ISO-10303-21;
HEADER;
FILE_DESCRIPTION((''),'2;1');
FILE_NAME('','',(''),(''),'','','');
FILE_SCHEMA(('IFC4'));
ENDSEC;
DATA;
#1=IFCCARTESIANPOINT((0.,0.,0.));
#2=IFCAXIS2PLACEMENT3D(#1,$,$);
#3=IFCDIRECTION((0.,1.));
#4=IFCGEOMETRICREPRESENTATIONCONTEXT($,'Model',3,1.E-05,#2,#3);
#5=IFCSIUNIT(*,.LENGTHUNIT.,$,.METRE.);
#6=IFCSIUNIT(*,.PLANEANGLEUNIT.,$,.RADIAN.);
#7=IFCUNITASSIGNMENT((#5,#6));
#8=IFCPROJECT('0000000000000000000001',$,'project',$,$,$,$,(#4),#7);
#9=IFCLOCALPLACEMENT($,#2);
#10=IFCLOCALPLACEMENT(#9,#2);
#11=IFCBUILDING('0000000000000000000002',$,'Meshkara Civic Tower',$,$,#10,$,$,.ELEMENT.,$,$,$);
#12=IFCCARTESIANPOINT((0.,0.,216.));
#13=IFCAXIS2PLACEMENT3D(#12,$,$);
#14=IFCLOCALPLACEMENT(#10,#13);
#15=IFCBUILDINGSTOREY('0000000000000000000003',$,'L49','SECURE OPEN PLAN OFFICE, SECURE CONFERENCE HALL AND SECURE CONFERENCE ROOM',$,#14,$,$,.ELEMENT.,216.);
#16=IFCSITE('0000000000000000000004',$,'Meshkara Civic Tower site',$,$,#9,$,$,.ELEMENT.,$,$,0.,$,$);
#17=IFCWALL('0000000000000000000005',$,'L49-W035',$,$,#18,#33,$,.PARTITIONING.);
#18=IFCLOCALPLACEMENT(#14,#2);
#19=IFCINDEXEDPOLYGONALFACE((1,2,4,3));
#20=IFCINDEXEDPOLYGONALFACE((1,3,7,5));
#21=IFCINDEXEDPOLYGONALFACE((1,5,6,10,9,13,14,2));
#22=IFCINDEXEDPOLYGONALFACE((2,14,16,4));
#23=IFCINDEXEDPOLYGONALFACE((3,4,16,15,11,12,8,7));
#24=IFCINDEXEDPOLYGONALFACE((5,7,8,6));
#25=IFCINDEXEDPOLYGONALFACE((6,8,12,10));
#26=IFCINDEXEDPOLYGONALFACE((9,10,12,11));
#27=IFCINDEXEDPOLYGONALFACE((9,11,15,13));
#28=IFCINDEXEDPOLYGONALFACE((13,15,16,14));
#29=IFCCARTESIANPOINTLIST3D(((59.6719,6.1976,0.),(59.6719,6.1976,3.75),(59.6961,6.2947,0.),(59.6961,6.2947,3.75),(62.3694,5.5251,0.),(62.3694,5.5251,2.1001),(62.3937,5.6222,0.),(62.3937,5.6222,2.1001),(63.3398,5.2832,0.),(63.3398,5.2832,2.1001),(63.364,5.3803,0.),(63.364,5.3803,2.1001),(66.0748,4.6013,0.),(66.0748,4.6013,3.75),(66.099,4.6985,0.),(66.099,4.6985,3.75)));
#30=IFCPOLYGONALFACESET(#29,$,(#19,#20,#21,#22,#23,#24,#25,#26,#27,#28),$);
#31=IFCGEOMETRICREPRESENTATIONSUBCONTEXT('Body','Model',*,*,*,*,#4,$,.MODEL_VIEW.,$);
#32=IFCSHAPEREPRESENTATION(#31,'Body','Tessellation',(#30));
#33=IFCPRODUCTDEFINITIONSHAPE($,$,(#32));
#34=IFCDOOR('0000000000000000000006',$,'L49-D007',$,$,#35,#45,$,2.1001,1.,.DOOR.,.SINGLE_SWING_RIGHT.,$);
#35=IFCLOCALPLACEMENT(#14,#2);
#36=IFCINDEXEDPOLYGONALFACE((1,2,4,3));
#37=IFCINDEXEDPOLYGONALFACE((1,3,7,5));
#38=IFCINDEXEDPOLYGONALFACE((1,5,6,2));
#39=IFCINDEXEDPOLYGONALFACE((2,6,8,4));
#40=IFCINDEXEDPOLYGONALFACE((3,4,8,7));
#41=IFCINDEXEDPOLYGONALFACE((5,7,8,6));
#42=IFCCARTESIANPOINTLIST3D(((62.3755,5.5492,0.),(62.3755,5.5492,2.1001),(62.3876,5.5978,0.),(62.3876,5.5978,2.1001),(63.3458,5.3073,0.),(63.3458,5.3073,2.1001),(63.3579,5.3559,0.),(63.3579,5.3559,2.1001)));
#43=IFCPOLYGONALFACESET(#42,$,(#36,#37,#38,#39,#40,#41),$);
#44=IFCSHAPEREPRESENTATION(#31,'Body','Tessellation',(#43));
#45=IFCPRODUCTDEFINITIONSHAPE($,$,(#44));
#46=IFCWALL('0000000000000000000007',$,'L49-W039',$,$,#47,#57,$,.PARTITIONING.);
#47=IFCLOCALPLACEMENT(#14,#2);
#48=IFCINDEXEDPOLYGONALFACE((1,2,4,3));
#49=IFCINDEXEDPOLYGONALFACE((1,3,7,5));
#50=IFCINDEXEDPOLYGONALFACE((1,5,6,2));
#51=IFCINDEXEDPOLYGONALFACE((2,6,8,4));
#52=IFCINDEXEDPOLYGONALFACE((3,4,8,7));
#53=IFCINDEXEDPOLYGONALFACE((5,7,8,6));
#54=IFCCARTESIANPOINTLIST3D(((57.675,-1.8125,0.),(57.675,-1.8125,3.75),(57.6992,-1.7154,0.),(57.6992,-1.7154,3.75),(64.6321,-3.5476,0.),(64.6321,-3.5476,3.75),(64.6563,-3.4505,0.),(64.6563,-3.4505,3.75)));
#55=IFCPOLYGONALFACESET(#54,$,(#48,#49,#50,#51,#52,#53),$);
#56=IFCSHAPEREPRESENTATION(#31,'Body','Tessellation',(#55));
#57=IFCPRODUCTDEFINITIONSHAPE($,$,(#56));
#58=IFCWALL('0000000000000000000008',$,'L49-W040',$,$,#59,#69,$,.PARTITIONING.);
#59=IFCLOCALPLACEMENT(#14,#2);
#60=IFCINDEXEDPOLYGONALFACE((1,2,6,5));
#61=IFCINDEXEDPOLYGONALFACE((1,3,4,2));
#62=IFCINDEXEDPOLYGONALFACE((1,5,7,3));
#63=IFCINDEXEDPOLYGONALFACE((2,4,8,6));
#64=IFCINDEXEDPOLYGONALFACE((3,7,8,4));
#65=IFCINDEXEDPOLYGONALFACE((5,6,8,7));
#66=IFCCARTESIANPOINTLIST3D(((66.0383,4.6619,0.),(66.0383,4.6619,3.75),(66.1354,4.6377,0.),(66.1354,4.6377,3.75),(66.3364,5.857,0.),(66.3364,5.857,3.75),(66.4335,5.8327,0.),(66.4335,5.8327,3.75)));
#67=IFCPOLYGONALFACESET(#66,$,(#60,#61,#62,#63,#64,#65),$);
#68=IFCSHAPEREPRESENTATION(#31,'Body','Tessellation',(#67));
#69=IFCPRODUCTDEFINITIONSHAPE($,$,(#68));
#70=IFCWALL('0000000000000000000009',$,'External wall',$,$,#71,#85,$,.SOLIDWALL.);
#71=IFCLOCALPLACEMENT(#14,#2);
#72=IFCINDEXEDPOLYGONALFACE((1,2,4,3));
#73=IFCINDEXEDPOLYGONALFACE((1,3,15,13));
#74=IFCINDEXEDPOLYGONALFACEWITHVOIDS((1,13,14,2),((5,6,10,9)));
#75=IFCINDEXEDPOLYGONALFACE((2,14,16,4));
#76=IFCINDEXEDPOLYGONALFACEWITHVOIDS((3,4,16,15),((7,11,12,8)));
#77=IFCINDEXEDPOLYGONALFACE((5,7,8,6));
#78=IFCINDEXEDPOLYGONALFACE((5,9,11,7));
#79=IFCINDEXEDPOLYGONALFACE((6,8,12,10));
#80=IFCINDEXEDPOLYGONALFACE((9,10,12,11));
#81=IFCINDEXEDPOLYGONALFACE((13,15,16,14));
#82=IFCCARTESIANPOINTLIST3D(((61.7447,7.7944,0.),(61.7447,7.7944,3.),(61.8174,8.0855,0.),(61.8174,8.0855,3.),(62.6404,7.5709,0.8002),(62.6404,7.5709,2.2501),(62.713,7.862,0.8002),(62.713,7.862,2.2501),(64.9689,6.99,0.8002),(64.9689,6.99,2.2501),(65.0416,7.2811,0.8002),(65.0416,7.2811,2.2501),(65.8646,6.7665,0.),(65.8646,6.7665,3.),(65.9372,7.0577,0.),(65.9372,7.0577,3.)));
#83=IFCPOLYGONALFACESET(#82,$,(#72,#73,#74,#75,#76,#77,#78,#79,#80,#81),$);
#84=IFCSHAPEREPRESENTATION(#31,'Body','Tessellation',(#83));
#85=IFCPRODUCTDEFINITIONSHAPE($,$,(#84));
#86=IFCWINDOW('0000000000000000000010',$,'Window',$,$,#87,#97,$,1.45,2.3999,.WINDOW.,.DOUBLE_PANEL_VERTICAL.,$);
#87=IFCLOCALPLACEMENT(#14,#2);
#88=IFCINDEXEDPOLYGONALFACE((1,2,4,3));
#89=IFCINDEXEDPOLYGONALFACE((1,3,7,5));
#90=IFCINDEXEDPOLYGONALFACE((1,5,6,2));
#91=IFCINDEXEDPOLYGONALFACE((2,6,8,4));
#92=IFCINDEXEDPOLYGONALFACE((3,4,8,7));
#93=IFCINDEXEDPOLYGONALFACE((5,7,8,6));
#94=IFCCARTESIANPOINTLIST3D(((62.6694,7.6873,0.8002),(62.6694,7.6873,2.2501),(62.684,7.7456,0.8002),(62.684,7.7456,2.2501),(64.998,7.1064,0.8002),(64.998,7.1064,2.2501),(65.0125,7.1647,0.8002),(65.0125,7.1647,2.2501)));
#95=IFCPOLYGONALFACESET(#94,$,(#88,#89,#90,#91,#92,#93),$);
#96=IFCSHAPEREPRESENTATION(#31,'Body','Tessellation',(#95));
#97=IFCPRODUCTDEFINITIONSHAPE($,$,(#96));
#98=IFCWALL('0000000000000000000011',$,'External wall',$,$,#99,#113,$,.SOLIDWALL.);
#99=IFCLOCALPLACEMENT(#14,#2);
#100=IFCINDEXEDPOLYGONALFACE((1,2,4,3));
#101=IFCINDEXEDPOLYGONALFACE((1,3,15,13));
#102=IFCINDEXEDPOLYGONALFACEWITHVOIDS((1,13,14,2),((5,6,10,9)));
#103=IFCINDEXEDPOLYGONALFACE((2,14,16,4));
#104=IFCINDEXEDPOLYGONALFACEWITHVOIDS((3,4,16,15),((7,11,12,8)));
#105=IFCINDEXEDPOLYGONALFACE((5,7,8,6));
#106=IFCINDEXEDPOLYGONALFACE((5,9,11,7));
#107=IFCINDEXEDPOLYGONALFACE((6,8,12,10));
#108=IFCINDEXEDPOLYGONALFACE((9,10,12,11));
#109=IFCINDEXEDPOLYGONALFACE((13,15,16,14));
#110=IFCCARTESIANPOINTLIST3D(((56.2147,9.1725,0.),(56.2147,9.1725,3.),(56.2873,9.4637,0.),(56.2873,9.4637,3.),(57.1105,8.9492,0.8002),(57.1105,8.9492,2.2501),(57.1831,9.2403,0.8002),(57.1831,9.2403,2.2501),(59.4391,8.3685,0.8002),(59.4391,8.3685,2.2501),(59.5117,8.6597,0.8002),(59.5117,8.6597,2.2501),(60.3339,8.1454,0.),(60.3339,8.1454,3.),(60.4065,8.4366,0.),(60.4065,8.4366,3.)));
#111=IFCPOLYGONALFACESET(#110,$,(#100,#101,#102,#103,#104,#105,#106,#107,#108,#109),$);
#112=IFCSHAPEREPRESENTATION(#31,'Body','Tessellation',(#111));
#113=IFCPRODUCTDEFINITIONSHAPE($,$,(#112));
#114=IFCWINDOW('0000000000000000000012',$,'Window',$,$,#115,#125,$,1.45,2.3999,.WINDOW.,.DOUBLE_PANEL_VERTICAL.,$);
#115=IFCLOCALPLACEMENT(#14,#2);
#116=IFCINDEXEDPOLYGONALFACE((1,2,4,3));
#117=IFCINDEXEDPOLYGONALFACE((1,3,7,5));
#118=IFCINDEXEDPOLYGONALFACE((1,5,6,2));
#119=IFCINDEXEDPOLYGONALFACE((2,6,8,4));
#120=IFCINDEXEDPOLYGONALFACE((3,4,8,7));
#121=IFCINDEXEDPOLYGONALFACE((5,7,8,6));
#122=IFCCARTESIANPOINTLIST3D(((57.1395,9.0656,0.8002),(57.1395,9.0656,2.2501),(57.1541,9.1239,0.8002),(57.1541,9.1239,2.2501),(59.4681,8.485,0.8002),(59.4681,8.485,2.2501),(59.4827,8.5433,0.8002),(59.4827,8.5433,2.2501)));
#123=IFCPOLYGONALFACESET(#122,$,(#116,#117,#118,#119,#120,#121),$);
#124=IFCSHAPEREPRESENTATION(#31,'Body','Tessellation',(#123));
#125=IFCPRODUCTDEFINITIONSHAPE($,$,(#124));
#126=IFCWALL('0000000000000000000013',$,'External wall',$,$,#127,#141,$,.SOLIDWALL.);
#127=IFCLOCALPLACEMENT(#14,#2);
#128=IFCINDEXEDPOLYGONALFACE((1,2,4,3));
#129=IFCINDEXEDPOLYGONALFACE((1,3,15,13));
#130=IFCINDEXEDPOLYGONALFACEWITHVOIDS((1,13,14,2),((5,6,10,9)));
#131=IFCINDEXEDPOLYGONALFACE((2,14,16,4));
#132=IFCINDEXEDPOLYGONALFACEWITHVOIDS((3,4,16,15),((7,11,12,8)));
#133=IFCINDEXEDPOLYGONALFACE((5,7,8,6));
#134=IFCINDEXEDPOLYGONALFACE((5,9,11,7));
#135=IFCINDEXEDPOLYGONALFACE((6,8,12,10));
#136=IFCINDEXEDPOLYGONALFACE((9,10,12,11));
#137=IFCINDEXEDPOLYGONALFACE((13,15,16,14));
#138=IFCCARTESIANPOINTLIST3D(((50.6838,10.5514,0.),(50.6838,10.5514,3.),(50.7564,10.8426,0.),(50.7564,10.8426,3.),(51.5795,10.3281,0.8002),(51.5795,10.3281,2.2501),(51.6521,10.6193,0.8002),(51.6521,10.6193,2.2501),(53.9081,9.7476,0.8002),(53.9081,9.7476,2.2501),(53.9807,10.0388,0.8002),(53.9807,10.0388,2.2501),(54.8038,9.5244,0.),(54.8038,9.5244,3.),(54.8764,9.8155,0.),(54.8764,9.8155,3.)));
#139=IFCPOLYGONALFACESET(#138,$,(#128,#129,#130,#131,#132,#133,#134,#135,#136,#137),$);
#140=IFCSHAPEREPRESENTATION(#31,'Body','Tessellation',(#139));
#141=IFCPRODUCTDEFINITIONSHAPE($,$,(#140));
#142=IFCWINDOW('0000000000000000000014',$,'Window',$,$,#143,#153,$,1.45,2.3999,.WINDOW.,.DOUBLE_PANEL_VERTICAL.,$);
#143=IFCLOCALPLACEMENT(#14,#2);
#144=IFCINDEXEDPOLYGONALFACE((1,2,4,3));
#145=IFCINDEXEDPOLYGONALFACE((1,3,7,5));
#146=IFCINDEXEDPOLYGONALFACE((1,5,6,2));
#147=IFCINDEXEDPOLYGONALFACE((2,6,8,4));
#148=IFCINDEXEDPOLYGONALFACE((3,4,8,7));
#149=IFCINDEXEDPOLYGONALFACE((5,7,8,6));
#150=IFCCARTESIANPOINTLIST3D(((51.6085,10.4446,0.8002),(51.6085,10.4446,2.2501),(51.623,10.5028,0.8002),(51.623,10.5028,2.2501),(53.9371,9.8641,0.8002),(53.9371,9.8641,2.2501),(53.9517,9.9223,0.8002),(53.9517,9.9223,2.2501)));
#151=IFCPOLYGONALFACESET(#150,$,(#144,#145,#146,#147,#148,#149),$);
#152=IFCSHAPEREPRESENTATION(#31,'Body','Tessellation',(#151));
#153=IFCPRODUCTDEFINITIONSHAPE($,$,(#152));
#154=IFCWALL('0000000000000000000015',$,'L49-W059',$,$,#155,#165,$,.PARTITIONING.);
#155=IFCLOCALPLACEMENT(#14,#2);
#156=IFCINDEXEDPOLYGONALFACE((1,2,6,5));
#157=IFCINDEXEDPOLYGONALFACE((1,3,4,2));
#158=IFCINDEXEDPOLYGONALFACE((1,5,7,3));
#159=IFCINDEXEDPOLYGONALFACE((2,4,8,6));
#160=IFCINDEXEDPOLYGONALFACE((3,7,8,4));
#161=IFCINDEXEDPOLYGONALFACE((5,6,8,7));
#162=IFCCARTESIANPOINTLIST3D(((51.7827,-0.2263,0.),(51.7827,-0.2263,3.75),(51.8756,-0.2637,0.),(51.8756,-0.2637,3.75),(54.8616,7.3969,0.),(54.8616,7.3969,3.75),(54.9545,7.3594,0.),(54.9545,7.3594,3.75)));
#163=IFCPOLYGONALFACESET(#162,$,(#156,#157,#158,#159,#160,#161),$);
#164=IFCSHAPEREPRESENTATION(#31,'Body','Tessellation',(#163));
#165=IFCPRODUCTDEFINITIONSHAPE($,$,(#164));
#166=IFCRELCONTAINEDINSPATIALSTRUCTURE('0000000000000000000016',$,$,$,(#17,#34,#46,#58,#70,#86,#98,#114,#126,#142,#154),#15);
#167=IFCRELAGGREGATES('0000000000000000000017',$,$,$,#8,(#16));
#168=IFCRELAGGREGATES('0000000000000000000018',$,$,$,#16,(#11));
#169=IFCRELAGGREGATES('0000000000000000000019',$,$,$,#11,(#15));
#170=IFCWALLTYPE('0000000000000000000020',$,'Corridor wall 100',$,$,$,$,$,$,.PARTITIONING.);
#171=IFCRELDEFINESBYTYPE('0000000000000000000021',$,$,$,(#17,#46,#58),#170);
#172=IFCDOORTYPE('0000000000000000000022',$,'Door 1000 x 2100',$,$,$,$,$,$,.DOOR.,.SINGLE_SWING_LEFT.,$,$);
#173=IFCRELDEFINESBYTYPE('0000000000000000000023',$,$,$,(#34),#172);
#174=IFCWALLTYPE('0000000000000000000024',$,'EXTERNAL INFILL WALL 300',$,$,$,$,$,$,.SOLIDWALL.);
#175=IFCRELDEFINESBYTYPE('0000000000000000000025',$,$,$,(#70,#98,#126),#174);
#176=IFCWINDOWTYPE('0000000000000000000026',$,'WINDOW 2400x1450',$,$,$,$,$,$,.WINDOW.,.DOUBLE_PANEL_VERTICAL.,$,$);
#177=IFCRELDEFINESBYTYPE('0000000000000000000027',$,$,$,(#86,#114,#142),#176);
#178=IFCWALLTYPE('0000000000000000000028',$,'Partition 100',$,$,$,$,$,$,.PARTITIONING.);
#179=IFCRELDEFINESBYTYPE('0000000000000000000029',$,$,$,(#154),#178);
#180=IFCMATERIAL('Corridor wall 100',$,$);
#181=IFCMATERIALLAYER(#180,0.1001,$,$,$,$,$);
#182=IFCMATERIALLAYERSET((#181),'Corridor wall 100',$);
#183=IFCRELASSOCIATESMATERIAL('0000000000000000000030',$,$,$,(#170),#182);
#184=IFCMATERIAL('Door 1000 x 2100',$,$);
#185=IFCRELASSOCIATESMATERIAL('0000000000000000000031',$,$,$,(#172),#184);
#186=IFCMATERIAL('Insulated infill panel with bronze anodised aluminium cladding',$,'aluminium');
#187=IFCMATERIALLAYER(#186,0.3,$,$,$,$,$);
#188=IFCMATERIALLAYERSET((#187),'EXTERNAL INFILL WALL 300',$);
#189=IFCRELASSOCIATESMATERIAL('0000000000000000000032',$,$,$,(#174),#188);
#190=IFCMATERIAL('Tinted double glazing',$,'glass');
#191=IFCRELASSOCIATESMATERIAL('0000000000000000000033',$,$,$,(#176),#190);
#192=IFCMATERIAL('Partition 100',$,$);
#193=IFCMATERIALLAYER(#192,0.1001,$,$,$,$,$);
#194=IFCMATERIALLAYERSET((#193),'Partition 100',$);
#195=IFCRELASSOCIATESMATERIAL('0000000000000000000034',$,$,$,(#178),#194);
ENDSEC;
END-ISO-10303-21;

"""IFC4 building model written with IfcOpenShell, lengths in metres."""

from ifc_helpers import new_model, si_unit, direction, frame, frame_2d, origin, place, context, subcontext, project, spatial, rectangle, extrude, material, layer, layer_set, type_object, element, fill, save


model = new_model("IFC4")

# Units and contexts
model_context = context("Model", 3, precision=1e-05, world=origin(), true_north=direction((0.0, 1.0)))
body_context = subcontext(model_context, "Body", "Model", "MODEL_VIEW")
ifc_project = project(units=[si_unit("LENGTHUNIT", "METRE"), si_unit("PLANEANGLEUNIT", "RADIAN")], contexts=[model_context])

# Site, building, storey
site_placement = place(None, origin())
site = spatial("IfcSite", under=ifc_project, at=site_placement, Name="Meshkara Civic Tower site", CompositionType="ELEMENT", RefElevation=0.0)
building_placement = place(site_placement, origin())
building = spatial("IfcBuilding", under=site, at=building_placement, Name="Meshkara Civic Tower", CompositionType="ELEMENT")
storey_placement = place(building_placement, frame((0.0, 0.0, 216.0)))
storey = spatial("IfcBuildingStorey", under=building, at=storey_placement, Name="L49", Description="SECURE OPEN PLAN OFFICE, SECURE CONFERENCE HALL AND SECURE CONFERENCE ROOM", CompositionType="ELEMENT", Elevation=216.0)

# Shared definitions
ifc_material_1 = material(Name="Corridor wall 100")
ifc_layer_1 = layer(ifc_material_1, 0.1001)
ifc_layer_set_1 = layer_set([ifc_layer_1], Name="Corridor wall 100")
wall_type_1 = type_object("IfcWallType", Name="Corridor wall 100", PredefinedType="PARTITIONING", material=ifc_layer_set_1)

# Wall, opening, door
wall_1_placement = place(storey_placement, frame((59.6841, 6.2461, 0.0), z_axis=(0.0, 0.0, 1.0), x_axis=(0.970303, -0.241891, 0.0)))
wall_1 = element("IfcWall", 1, at=wall_1_placement, inside=storey, type_object=wall_type_1, Name="L49-W035", PredefinedType="PARTITIONING", context=body_context, shape_type="SweptSolid", body=[
    extrude(rectangle(XDim=6.5989, YDim=0.1001, at=frame_2d((3.2993, 0.0))), origin(), (0.0, 0.0, 1.0), 3.75),
])
opening_1_placement = place(wall_1_placement, frame((2.78, 0.0, 0.0)))
opening_1 = element("IfcOpeningElement", 2, at=opening_1_placement, cuts=wall_1, PredefinedType="OPENING", context=body_context, shape_type="SweptSolid", body=[
    extrude(rectangle(XDim=1.0, YDim=2.1001, at=frame_2d((0.5, 1.05))), frame((0.0, 0.0601, 0.0), z_axis=(0.0, -1.0, 0.0), x_axis=(1.0, 0.0, 0.0)), (0.0, 0.0, 1.0), 0.1201),
])
ifc_material_2 = material(Name="Door 1000 x 2100")
door_type = type_object("IfcDoorType", Name="Door 1000 x 2100", OperationType="SINGLE_SWING_LEFT", PredefinedType="DOOR", material=ifc_material_2)
door_placement = place(opening_1_placement, origin())
door = element("IfcDoor", 3, at=door_placement, inside=storey, type_object=door_type, Name="L49-D007", OperationType="SINGLE_SWING_RIGHT", OverallHeight=2.1001, OverallWidth=1.0, PredefinedType="DOOR", context=body_context, shape_type="SweptSolid", body=[
    extrude(rectangle(XDim=1.0, YDim=2.1001, at=frame_2d((0.5, 1.05))), frame((0.0, 0.0249, 0.0), z_axis=(0.0, -1.0, 0.0), x_axis=(1.0, 0.0, 0.0)), (0.0, 0.0, 1.0), 0.05),
])
fill(opening_1, door)

# Walls
wall_2_placement = place(storey_placement, frame((64.644, -3.499, 0.0), z_axis=(0.0, 0.0, 1.0), x_axis=(-0.970279, 0.241991, 0.0)))
element("IfcWall", 4, at=wall_2_placement, inside=storey, type_object=wall_type_1, Name="L49-W039", PredefinedType="PARTITIONING", context=body_context, shape_type="SweptSolid", body=[
    extrude(rectangle(XDim=7.1702, YDim=0.1001, at=frame_2d((3.585, 0.0))), origin(), (0.0, 0.0, 1.0), 3.75),
])
wall_3_placement = place(storey_placement, frame((66.0869, 4.6499, 0.0), z_axis=(0.0, 0.0, 1.0), x_axis=(0.242023, 0.970271, 0.0)))
element("IfcWall", 5, at=wall_3_placement, inside=storey, type_object=wall_type_1, Name="L49-W040", PredefinedType="PARTITIONING", context=body_context, shape_type="SweptSolid", body=[
    extrude(rectangle(XDim=1.2317, YDim=0.1001, at=frame_2d((0.6157, 0.0))), origin(), (0.0, 0.0, 1.0), 3.75),
])

# Walls, openings, windows
ifc_material_3 = material(Name="Insulated infill panel with bronze anodised aluminium cladding", Category="aluminium")
ifc_layer_2 = layer(ifc_material_3, 0.3)
ifc_layer_set_2 = layer_set([ifc_layer_2], Name="EXTERNAL INFILL WALL 300")
wall_type_2 = type_object("IfcWallType", Name="EXTERNAL INFILL WALL 300", PredefinedType="SOLIDWALL", material=ifc_layer_set_2)
wall_4_placement = place(storey_placement, frame((65.9009, 6.9121, 0.0), z_axis=(0.0, 0.0, 1.0), x_axis=(-0.970261, 0.242062, 0.0)))
wall_4 = element("IfcWall", 6, at=wall_4_placement, inside=storey, type_object=wall_type_2, Name="External wall", PredefinedType="SOLIDWALL", context=body_context, shape_type="SweptSolid", body=[
    extrude(rectangle(XDim=4.2461, YDim=0.3, at=frame_2d((2.123, 0.0))), origin(), (0.0, 0.0, 1.0), 3.0),
])
opening_2_placement = place(wall_4_placement, frame((0.9231, 0.0, 0.8)))
opening_2 = element("IfcOpeningElement", 7, at=opening_2_placement, cuts=wall_4, PredefinedType="OPENING", context=body_context, shape_type="SweptSolid", body=[
    extrude(rectangle(XDim=2.3999, YDim=1.45, at=frame_2d((1.2, 0.7251))), frame((0.0, 0.1599, 0.0), z_axis=(0.0, -1.0, 0.0), x_axis=(1.0, 0.0, 0.0)), (0.0, 0.0, 1.0), 0.3201),
])
ifc_material_4 = material(Name="Tinted double glazing", Category="glass")
window_type = type_object("IfcWindowType", Name="WINDOW 2400x1450", PartitioningType="DOUBLE_PANEL_VERTICAL", PredefinedType="WINDOW", material=ifc_material_4)
window_1_placement = place(opening_2_placement, origin())
window_1 = element("IfcWindow", 8, at=window_1_placement, inside=storey, type_object=window_type, Name="Window", OverallHeight=1.45, OverallWidth=2.3999, PartitioningType="DOUBLE_PANEL_VERTICAL", PredefinedType="WINDOW", context=body_context, shape_type="SweptSolid", body=[
    extrude(rectangle(XDim=2.3999, YDim=1.45, at=frame_2d((1.2, 0.7251))), frame((0.0, 0.03, 0.0), z_axis=(0.0, -1.0, 0.0), x_axis=(1.0, 0.0, 0.0)), (0.0, 0.0, 1.0), 0.0601),
])
fill(opening_2, window_1)
wall_5_placement = place(storey_placement, frame((60.3701, 8.291, 0.0), z_axis=(0.0, 0.0, 1.0), x_axis=(-0.970291, 0.24194, 0.0)))
wall_5 = element("IfcWall", 9, at=wall_5_placement, inside=storey, type_object=wall_type_2, Name="External wall", PredefinedType="SOLIDWALL", context=body_context, shape_type="SweptSolid", body=[
    extrude(rectangle(XDim=4.2454, YDim=0.3, at=frame_2d((2.1226, 0.0))), origin(), (0.0, 0.0, 1.0), 3.0),
])
opening_3_placement = place(wall_5_placement, frame((0.9221, 0.0, 0.8)))
opening_3 = element("IfcOpeningElement", 10, at=opening_3_placement, cuts=wall_5, PredefinedType="OPENING", context=body_context, shape_type="SweptSolid", body=[
    extrude(rectangle(XDim=2.3999, YDim=1.45, at=frame_2d((1.2, 0.7251))), frame((0.0, 0.1599, 0.0), z_axis=(0.0, -1.0, 0.0), x_axis=(1.0, 0.0, 0.0)), (0.0, 0.0, 1.0), 0.3201),
])
window_2_placement = place(opening_3_placement, origin())
window_2 = element("IfcWindow", 11, at=window_2_placement, inside=storey, type_object=window_type, Name="Window", OverallHeight=1.45, OverallWidth=2.3999, PartitioningType="DOUBLE_PANEL_VERTICAL", PredefinedType="WINDOW", context=body_context, shape_type="SweptSolid", body=[
    extrude(rectangle(XDim=2.3999, YDim=1.45, at=frame_2d((1.2, 0.7251))), frame((0.0, 0.03, 0.0), z_axis=(0.0, -1.0, 0.0), x_axis=(1.0, 0.0, 0.0)), (0.0, 0.0, 1.0), 0.0601),
])
fill(opening_3, window_2)
wall_6_placement = place(storey_placement, frame((54.8401, 9.6699, 0.0), z_axis=(0.0, 0.0, 1.0), x_axis=(-0.970305, 0.241886, 0.0)))
wall_6 = element("IfcWall", 12, at=wall_6_placement, inside=storey, type_object=wall_type_2, Name="External wall", PredefinedType="SOLIDWALL", context=body_context, shape_type="SweptSolid", body=[
    extrude(rectangle(XDim=4.2461, YDim=0.3, at=frame_2d((2.123, 0.0))), origin(), (0.0, 0.0, 1.0), 3.0),
])
opening_4_placement = place(wall_6_placement, frame((0.9231, 0.0, 0.8)))
opening_4 = element("IfcOpeningElement", 13, at=opening_4_placement, cuts=wall_6, PredefinedType="OPENING", context=body_context, shape_type="SweptSolid", body=[
    extrude(rectangle(XDim=2.3999, YDim=1.45, at=frame_2d((1.2, 0.7251))), frame((0.0, 0.1599, 0.0), z_axis=(0.0, -1.0, 0.0), x_axis=(1.0, 0.0, 0.0)), (0.0, 0.0, 1.0), 0.3201),
])
window_3_placement = place(opening_4_placement, origin())
window_3 = element("IfcWindow", 14, at=window_3_placement, inside=storey, type_object=window_type, Name="Window", OverallHeight=1.45, OverallWidth=2.3999, PartitioningType="DOUBLE_PANEL_VERTICAL", PredefinedType="WINDOW", context=body_context, shape_type="SweptSolid", body=[
    extrude(rectangle(XDim=2.3999, YDim=1.45, at=frame_2d((1.2, 0.7251))), frame((0.0, 0.03, 0.0), z_axis=(0.0, -1.0, 0.0), x_axis=(1.0, 0.0, 0.0)), (0.0, 0.0, 1.0), 0.0601),
])
fill(opening_4, window_3)

# Wall
ifc_material_5 = material(Name="Partition 100")
ifc_layer_3 = layer(ifc_material_5, 0.1001)
ifc_layer_set_3 = layer_set([ifc_layer_3], Name="Partition 100")
wall_type_3 = type_object("IfcWallType", Name="Partition 100", PredefinedType="PARTITIONING", material=ifc_layer_set_3)
wall_7_placement = place(storey_placement, frame((51.8291, -0.2451, 0.0), z_axis=(0.0, 0.0, 1.0), x_axis=(0.374496, 0.927228, 0.0)))
element("IfcWall", 15, at=wall_7_placement, inside=storey, type_object=wall_type_3, Name="L49-W059", PredefinedType="PARTITIONING", context=body_context, shape_type="SweptSolid", body=[
    extrude(rectangle(XDim=8.2214, YDim=0.1001, at=frame_2d((4.1108, 0.0))), origin(), (0.0, 0.0, 1.0), 3.75),
])

save(model, "model.ifc")
